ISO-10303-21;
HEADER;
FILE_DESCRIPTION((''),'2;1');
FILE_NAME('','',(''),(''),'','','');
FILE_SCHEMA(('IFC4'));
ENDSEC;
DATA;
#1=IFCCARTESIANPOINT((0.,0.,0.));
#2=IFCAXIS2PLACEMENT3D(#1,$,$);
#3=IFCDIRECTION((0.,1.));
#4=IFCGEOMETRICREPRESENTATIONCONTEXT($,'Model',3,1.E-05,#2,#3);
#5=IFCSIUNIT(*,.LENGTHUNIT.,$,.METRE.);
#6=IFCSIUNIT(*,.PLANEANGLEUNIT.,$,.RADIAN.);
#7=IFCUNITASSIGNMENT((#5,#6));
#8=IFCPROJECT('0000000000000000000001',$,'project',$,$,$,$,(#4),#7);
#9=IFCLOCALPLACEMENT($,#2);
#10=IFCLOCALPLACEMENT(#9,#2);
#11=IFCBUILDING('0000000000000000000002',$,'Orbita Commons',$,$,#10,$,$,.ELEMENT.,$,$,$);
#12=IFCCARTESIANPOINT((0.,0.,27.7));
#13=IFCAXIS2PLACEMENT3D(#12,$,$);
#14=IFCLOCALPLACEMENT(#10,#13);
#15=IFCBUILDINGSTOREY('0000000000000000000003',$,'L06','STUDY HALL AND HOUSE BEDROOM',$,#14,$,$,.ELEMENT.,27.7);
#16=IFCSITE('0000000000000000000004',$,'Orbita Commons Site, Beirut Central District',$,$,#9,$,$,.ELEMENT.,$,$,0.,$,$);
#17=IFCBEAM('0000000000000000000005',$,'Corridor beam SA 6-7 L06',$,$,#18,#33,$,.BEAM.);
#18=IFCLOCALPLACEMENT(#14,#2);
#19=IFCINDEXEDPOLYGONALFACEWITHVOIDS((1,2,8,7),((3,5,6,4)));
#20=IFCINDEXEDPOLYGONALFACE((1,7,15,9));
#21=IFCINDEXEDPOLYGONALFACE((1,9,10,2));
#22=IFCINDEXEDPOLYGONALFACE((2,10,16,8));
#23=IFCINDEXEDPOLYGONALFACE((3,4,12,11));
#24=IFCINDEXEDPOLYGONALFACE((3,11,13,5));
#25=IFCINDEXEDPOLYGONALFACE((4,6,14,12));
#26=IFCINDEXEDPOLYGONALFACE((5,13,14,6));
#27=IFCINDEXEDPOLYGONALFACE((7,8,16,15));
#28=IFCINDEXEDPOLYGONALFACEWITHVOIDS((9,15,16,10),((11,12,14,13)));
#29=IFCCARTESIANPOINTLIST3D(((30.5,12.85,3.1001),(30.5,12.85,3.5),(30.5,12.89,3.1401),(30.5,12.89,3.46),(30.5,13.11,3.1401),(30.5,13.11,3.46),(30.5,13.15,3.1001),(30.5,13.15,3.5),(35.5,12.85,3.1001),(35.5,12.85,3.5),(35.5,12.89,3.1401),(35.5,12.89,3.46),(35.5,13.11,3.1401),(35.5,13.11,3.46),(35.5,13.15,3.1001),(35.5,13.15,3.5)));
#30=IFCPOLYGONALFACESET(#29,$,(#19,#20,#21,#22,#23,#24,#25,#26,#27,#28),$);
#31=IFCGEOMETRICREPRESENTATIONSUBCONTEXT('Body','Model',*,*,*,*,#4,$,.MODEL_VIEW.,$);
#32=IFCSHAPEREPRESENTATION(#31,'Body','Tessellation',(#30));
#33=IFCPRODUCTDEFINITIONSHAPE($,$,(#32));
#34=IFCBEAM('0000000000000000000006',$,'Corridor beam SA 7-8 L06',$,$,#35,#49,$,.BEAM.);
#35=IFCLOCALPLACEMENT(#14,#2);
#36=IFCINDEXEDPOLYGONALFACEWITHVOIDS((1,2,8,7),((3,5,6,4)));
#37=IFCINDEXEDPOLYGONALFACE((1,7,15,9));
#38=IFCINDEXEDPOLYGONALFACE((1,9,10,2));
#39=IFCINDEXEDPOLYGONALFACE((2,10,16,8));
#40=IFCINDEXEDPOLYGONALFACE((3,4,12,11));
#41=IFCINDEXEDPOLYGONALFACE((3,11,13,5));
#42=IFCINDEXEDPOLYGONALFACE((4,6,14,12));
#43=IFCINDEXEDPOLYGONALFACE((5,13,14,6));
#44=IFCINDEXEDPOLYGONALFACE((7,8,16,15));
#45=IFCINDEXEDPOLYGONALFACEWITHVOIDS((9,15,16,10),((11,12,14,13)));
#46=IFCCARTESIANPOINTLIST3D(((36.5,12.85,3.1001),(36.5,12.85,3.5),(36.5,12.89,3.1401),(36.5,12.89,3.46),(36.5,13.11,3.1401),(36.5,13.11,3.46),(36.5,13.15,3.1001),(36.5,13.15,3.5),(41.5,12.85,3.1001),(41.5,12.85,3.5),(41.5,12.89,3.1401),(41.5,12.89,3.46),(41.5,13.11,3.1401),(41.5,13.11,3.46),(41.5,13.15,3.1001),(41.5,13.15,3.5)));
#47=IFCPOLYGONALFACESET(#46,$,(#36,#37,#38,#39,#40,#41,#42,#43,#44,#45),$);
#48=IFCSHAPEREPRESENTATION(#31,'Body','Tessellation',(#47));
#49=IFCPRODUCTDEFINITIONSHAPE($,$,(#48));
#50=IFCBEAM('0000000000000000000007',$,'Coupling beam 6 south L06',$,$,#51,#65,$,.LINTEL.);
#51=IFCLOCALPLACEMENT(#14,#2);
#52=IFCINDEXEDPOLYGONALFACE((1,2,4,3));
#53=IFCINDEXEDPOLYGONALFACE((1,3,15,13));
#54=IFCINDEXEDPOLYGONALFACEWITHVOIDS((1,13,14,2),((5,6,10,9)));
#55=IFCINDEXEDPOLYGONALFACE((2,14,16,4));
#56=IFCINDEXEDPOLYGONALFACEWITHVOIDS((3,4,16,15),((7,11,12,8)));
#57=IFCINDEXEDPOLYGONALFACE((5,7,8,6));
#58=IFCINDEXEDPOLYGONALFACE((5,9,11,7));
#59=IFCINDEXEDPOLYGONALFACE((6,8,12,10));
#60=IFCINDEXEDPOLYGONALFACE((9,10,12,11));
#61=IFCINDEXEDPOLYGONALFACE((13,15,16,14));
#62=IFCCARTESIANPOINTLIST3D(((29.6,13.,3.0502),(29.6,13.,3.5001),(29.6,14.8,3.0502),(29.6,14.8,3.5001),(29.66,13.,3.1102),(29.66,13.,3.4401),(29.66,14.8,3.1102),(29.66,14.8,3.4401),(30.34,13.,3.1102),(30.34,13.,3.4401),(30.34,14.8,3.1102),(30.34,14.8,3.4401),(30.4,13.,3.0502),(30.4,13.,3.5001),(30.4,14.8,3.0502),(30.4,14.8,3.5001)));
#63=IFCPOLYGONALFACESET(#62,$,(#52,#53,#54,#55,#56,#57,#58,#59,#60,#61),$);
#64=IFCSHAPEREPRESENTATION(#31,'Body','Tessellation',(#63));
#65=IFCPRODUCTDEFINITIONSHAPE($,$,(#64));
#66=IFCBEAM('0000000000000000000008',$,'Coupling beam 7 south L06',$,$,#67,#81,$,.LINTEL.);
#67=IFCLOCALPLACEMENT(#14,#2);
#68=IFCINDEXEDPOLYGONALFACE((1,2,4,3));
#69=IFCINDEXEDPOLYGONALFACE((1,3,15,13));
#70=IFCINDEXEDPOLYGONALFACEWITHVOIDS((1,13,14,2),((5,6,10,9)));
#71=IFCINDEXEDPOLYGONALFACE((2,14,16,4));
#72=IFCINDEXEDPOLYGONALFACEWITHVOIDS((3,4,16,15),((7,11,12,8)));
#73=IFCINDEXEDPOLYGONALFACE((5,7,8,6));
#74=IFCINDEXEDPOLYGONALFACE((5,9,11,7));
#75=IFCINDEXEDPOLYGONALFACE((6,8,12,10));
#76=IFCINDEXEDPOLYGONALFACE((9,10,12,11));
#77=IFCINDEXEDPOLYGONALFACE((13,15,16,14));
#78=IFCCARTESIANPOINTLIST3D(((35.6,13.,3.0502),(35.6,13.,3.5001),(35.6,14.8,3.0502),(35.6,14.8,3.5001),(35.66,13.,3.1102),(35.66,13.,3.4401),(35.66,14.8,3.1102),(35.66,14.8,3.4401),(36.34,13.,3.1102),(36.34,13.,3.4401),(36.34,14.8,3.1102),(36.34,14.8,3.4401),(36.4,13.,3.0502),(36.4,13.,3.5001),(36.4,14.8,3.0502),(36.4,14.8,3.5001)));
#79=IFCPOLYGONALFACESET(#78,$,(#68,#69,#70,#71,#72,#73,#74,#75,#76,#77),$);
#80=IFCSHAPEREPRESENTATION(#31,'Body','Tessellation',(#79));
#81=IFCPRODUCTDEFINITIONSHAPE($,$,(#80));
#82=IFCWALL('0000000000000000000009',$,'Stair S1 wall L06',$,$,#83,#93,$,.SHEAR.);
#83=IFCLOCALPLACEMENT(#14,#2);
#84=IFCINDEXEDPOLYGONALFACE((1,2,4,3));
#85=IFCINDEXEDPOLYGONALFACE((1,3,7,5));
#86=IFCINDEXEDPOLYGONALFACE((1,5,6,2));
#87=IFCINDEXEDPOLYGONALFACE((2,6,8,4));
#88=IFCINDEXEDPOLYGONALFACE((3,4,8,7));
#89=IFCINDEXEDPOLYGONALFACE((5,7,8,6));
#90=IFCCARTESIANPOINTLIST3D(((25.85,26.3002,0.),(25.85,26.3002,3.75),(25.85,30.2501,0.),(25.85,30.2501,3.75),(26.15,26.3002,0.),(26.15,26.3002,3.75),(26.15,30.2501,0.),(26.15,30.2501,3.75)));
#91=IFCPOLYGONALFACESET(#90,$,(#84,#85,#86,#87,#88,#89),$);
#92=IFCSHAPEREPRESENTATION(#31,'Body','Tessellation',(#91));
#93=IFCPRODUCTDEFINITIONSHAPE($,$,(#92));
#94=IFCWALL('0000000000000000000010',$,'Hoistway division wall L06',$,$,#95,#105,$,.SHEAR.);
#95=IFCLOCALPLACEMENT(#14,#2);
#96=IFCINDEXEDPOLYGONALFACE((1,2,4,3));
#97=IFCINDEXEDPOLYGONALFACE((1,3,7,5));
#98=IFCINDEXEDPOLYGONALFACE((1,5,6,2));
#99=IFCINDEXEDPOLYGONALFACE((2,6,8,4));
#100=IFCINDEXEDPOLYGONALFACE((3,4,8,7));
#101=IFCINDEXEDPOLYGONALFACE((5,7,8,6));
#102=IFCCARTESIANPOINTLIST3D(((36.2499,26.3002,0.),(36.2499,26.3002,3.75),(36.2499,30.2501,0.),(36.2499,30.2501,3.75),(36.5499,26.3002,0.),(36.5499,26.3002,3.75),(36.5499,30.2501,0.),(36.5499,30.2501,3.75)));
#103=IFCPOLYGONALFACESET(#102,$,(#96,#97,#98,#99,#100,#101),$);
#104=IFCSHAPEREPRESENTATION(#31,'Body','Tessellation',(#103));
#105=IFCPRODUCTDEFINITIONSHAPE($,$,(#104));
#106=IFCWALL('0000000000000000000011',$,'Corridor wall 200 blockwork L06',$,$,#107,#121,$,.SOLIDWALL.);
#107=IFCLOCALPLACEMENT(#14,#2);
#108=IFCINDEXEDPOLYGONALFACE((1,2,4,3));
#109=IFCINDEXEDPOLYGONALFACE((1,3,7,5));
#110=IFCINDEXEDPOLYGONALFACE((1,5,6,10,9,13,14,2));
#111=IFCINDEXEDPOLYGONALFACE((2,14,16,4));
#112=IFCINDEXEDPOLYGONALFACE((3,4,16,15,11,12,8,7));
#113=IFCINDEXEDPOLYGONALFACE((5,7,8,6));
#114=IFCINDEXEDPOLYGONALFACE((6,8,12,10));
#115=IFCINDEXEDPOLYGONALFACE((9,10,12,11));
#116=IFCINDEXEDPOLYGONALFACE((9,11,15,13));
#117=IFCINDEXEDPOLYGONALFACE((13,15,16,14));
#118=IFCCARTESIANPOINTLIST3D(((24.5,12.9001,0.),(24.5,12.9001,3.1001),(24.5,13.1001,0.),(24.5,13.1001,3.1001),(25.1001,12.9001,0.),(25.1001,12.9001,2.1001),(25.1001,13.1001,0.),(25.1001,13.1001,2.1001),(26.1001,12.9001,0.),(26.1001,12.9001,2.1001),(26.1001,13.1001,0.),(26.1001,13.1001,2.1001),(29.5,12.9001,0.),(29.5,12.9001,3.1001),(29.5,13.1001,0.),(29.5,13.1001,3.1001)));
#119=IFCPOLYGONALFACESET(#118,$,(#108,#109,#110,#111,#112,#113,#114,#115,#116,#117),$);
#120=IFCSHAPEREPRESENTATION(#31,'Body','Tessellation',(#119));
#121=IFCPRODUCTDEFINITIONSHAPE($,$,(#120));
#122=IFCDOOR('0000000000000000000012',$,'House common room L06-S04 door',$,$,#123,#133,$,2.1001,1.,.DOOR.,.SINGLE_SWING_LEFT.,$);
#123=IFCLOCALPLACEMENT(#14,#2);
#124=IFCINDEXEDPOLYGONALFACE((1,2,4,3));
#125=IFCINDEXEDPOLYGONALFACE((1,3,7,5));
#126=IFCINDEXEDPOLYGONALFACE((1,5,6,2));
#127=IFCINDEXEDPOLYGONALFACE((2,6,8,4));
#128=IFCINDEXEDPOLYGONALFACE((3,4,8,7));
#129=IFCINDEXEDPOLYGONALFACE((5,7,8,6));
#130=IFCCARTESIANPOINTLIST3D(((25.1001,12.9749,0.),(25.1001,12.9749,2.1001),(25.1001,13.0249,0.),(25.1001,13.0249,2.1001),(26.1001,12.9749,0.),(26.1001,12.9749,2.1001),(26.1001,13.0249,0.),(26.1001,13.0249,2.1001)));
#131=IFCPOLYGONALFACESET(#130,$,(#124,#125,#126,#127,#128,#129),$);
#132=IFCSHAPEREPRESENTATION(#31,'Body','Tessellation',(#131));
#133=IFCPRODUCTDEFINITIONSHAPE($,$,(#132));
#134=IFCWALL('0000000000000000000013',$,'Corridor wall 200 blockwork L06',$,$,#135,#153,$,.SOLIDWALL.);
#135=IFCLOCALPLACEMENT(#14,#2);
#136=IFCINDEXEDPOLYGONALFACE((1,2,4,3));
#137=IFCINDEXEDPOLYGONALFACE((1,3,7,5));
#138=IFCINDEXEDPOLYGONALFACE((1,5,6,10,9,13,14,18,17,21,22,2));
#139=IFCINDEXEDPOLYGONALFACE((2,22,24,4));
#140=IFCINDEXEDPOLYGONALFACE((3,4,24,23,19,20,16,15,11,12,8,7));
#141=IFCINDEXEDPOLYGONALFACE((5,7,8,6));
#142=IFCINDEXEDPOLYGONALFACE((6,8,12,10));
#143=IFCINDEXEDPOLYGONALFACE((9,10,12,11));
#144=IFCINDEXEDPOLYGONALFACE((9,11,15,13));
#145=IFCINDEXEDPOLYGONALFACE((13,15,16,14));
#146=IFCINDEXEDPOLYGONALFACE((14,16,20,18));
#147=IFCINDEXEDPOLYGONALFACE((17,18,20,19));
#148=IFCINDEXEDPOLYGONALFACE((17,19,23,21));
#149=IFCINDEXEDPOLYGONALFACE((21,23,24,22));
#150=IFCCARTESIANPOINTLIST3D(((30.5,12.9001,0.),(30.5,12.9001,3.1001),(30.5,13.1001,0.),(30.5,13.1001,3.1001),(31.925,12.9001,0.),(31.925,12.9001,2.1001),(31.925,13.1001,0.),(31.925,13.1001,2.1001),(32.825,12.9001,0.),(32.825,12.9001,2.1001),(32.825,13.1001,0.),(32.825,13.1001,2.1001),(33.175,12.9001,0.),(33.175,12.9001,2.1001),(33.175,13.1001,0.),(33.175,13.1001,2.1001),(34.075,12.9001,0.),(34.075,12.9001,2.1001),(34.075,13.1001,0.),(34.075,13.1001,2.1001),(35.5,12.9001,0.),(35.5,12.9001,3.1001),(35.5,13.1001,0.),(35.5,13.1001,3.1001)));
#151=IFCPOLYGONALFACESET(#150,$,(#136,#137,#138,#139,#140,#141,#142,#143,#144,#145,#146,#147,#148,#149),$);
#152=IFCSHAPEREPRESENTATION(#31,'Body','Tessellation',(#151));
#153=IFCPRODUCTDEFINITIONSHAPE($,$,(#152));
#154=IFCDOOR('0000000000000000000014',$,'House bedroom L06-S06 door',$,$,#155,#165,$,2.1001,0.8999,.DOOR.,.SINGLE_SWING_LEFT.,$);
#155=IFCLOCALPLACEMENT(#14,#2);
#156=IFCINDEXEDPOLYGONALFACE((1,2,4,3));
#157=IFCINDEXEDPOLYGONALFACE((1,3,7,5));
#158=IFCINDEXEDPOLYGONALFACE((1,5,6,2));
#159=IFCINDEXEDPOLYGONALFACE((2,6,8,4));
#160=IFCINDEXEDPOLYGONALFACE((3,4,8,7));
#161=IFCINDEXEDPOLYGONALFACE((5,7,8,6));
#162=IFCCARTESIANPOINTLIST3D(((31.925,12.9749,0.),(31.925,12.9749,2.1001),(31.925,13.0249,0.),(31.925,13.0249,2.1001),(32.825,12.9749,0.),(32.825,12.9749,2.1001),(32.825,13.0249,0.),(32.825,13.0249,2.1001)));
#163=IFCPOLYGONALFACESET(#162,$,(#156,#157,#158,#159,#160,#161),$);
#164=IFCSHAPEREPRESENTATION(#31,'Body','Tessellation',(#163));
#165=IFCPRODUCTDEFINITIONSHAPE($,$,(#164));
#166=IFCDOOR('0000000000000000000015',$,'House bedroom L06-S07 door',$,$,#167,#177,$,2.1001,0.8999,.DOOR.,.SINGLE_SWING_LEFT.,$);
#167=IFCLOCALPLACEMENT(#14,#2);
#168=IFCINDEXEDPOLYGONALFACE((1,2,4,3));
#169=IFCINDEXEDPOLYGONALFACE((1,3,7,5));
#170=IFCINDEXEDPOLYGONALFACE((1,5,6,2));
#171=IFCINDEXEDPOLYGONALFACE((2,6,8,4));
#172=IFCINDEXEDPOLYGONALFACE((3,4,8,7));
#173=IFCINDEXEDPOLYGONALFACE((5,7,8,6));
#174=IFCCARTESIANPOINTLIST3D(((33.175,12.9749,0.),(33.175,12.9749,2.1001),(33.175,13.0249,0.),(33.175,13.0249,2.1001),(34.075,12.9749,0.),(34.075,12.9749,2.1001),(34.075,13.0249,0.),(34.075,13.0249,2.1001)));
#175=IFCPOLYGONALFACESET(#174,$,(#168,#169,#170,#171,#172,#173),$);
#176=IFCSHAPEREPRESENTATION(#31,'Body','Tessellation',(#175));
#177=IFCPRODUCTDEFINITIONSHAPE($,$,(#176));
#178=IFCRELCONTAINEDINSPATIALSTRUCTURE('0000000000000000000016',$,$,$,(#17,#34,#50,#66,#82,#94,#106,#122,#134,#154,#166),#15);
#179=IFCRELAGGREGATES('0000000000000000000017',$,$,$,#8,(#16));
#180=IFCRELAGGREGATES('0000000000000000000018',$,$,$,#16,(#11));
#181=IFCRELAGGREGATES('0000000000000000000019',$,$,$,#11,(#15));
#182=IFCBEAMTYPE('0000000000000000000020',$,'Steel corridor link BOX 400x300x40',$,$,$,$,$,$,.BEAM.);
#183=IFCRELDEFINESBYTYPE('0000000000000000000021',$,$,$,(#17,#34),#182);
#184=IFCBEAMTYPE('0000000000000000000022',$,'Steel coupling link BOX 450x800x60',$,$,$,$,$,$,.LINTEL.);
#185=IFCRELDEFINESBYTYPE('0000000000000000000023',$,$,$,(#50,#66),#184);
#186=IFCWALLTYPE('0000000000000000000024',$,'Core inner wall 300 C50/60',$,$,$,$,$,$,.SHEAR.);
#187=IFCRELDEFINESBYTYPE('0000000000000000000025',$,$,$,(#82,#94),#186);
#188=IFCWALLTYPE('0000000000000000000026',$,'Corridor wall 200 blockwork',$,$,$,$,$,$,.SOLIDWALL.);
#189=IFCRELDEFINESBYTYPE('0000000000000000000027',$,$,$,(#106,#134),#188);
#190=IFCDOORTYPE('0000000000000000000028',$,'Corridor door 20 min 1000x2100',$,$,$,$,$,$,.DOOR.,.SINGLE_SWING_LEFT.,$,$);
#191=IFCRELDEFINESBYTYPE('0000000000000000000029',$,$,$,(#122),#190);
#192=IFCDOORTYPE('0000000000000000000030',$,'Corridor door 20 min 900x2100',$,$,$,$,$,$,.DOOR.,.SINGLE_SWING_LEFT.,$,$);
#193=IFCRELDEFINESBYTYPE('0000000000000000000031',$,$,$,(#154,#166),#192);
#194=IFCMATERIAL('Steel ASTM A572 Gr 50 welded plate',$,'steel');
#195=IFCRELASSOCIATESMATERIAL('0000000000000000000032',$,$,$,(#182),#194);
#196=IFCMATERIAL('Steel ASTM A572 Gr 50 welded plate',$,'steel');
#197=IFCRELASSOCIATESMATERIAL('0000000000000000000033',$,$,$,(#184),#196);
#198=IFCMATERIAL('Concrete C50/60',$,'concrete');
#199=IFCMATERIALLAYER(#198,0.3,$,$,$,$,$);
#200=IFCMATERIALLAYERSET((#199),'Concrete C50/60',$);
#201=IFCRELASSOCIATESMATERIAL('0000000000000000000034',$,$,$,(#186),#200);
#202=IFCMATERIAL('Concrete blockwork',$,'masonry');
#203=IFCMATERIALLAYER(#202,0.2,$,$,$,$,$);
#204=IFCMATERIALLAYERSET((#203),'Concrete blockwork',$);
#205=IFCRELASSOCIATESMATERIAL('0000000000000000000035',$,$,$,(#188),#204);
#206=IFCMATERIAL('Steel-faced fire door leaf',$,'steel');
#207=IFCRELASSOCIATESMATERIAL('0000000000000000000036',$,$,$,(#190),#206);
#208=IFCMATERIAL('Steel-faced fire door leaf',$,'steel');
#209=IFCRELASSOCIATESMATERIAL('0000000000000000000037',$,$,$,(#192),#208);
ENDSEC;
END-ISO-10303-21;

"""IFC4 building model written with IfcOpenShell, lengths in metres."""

from ifc_helpers import new_model, si_unit, direction, frame, frame_2d, origin, origin_2d, place, context, subcontext, project, spatial, polyline, rectangle, hollow_rectangle, outline, extrude, material, layer, layer_set, material_profile, profile_set, type_object, element, fill, save


model = new_model("IFC4")

# Units and contexts
model_context = context("Model", 3, precision=1e-05, world=origin(), true_north=direction((0.0, 1.0)))
body_context = subcontext(model_context, "Body", "Model", "MODEL_VIEW")
ifc_project = project(units=[si_unit("LENGTHUNIT", "METRE"), si_unit("PLANEANGLEUNIT", "RADIAN")], contexts=[model_context])

# Site, building, storey
site_placement = place(None, origin())
site = spatial("IfcSite", under=ifc_project, at=site_placement, Name="Orbita Commons Site, Beirut Central District", CompositionType="ELEMENT", RefElevation=0.0)
building_placement = place(site_placement, origin())
building = spatial("IfcBuilding", under=site, at=building_placement, Name="Orbita Commons", CompositionType="ELEMENT")
storey_placement = place(building_placement, frame((0.0, 0.0, 27.7)))
storey = spatial("IfcBuildingStorey", under=building, at=storey_placement, Name="L06", Description="STUDY HALL AND HOUSE BEDROOM", CompositionType="ELEMENT", Elevation=27.7)

# Beams
ifc_material_1 = material(Name="Steel ASTM A572 Gr 50 welded plate", Category="steel")
ifc_material_profile_1 = material_profile(ifc_material_1, hollow_rectangle(XDim=0.3, YDim=0.3999, WallThickness=0.04, at=origin_2d()), Name="BOX 400x300x40")
ifc_profile_set_1 = profile_set([ifc_material_profile_1], Name="Steel ASTM A572 Gr 50 welded plate")
beam_type_1 = type_object("IfcBeamType", Name="Steel corridor link BOX 400x300x40", PredefinedType="BEAM", material=ifc_profile_set_1)
for number, where, z_axis, x_axis, name in (
    (1, (30.5, 13.0, 3.3), (1.0, 0.0, 0.0), (0.0, 1.0, 0.0), "Corridor beam SA 6-7 L06"),
    (2, (36.5, 13.0, 3.3), (1.0, 0.0, 0.0), (0.0, 1.0, 0.0), "Corridor beam SA 7-8 L06"),
):
    element("IfcBeam", number, at=place(storey_placement, frame(where, z_axis=z_axis, x_axis=x_axis)), inside=storey, type_object=beam_type_1, Name=name, PredefinedType="BEAM", context=body_context, shape_type="SweptSolid", body=[
        extrude(hollow_rectangle(XDim=0.3, YDim=0.3999, WallThickness=0.04, at=origin_2d()), origin(), (0.0, 0.0, 1.0), 5.0),
    ])
ifc_material_2 = material(Name="Steel ASTM A572 Gr 50 welded plate", Category="steel")
ifc_material_profile_2 = material_profile(ifc_material_2, hollow_rectangle(XDim=0.8, YDim=0.45, WallThickness=0.0601, at=origin_2d()), Name="BOX 450x800x60")
ifc_profile_set_2 = profile_set([ifc_material_profile_2], Name="Steel ASTM A572 Gr 50 welded plate")
beam_type_2 = type_object("IfcBeamType", Name="Steel coupling link BOX 450x800x60", PredefinedType="LINTEL", material=ifc_profile_set_2)
for number, where, z_axis, x_axis, name in (
    (3, (30.0, 13.0, 3.2751), (0.0, 1.0, 0.0), (-1.0, 0.0, 0.0), "Coupling beam 6 south L06"),
    (4, (36.0, 13.0, 3.2751), (0.0, 1.0, 0.0), (-1.0, 0.0, 0.0), "Coupling beam 7 south L06"),
):
    element("IfcBeam", number, at=place(storey_placement, frame(where, z_axis=z_axis, x_axis=x_axis)), inside=storey, type_object=beam_type_2, Name=name, PredefinedType="LINTEL", context=body_context, shape_type="SweptSolid", body=[
        extrude(hollow_rectangle(XDim=0.8, YDim=0.45, WallThickness=0.0601, at=origin_2d()), origin(), (0.0, 0.0, 1.0), 1.8),
    ])

# Walls
ifc_material_3 = material(Name="Concrete C50/60", Category="concrete")
ifc_layer_1 = layer(ifc_material_3, 0.3)
ifc_layer_set_1 = layer_set([ifc_layer_1], Name="Concrete C50/60")
wall_type_1 = type_object("IfcWallType", Name="Core inner wall 300 C50/60", PredefinedType="SHEAR", material=ifc_layer_set_1)
for number, where, z_axis, x_axis, name in (
    (5, (26.0, 26.3, 0.0), (0.0, 0.0, 1.0), (0.0, 1.0, 0.0), "Stair S1 wall L06"),
    (6, (36.3999, 26.3, 0.0), (0.0, 0.0, 1.0), (0.0, 1.0, 0.0), "Hoistway division wall L06"),
):
    element("IfcWall", number, at=place(storey_placement, frame(where, z_axis=z_axis, x_axis=x_axis)), inside=storey, type_object=wall_type_1, Name=name, PredefinedType="SHEAR", context=body_context, shape_type="SweptSolid", body=[
        extrude(rectangle(XDim=3.95, YDim=0.3, at=frame_2d((1.9751, 0.0))), origin(), (0.0, 0.0, 1.0), 3.75),
    ])

# Wall, opening, door
ifc_material_4 = material(Name="Concrete blockwork", Category="masonry")
ifc_layer_2 = layer(ifc_material_4, 0.2)
ifc_layer_set_2 = layer_set([ifc_layer_2], Name="Concrete blockwork")
wall_type_2 = type_object("IfcWallType", Name="Corridor wall 200 blockwork", PredefinedType="SOLIDWALL", material=ifc_layer_set_2)
wall_1_placement = place(storey_placement, frame((24.5, 13.0, 0.0), z_axis=(0.0, 0.0, 1.0), x_axis=(1.0, 0.0, 0.0)))
wall_1 = element("IfcWall", 7, at=wall_1_placement, inside=storey, type_object=wall_type_2, Name="Corridor wall 200 blockwork L06", PredefinedType="SOLIDWALL", context=body_context, shape_type="SweptSolid", body=[
    extrude(outline(polyline([(0.0, 0.0), (5.0, 0.0), (5.0, 3.1001), (0.0, 3.1001), (0.0, 0.0)])), frame((0.0, 0.1001, 0.0), z_axis=(0.0, -1.0, 0.0), x_axis=(1.0, 0.0, 0.0)), (0.0, 0.0, 1.0), 0.2),
])
opening_1_placement = place(wall_1_placement, frame((0.6001, 0.0, 0.0)))
opening_1 = element("IfcOpeningElement", 8, at=opening_1_placement, cuts=wall_1, PredefinedType="OPENING", context=body_context, shape_type="SweptSolid", body=[
    extrude(rectangle(XDim=1.0, YDim=2.1001, at=frame_2d((0.5, 1.05))), frame((0.0, 0.1099, 0.0), z_axis=(0.0, -1.0, 0.0), x_axis=(1.0, 0.0, 0.0)), (0.0, 0.0, 1.0), 0.22),
])
ifc_material_5 = material(Name="Steel-faced fire door leaf", Category="steel")
door_type_1 = type_object("IfcDoorType", Name="Corridor door 20 min 1000x2100", OperationType="SINGLE_SWING_LEFT", PredefinedType="DOOR", material=ifc_material_5)
door_1_placement = place(opening_1_placement, origin())
door_1 = element("IfcDoor", 9, at=door_1_placement, inside=storey, type_object=door_type_1, Name="House common room L06-S04 door", OperationType="SINGLE_SWING_LEFT", OverallHeight=2.1001, OverallWidth=1.0, PredefinedType="DOOR", context=body_context, shape_type="SweptSolid", body=[
    extrude(rectangle(XDim=1.0, YDim=2.1001, at=frame_2d((0.5, 1.05))), frame((0.0, 0.0249, 0.0), z_axis=(0.0, -1.0, 0.0), x_axis=(1.0, 0.0, 0.0)), (0.0, 0.0, 1.0), 0.05),
])
fill(opening_1, door_1)

# Wall, openings, doors
wall_2_placement = place(storey_placement, frame((30.5, 13.0, 0.0), z_axis=(0.0, 0.0, 1.0), x_axis=(1.0, 0.0, 0.0)))
wall_2 = element("IfcWall", 10, at=wall_2_placement, inside=storey, type_object=wall_type_2, Name="Corridor wall 200 blockwork L06", PredefinedType="SOLIDWALL", context=body_context, shape_type="SweptSolid", body=[
    extrude(outline(polyline([(0.0, 0.0), (5.0, 0.0), (5.0, 3.1001), (0.0, 3.1001), (0.0, 0.0)])), frame((0.0, 0.1001, 0.0), z_axis=(0.0, -1.0, 0.0), x_axis=(1.0, 0.0, 0.0)), (0.0, 0.0, 1.0), 0.2),
])
opening_2_placement = place(wall_2_placement, frame((1.425, 0.0, 0.0)))
opening_2 = element("IfcOpeningElement", 11, at=opening_2_placement, cuts=wall_2, PredefinedType="OPENING", context=body_context, shape_type="SweptSolid", body=[
    extrude(rectangle(XDim=0.8999, YDim=2.1001, at=frame_2d((0.45, 1.05))), frame((0.0, 0.1099, 0.0), z_axis=(0.0, -1.0, 0.0), x_axis=(1.0, 0.0, 0.0)), (0.0, 0.0, 1.0), 0.22),
])
opening_3_placement = place(wall_2_placement, frame((2.675, 0.0, 0.0)))
opening_3 = element("IfcOpeningElement", 12, at=opening_3_placement, cuts=wall_2, PredefinedType="OPENING", context=body_context, shape_type="SweptSolid", body=[
    extrude(rectangle(XDim=0.8999, YDim=2.1001, at=frame_2d((0.45, 1.05))), frame((0.0, 0.1099, 0.0), z_axis=(0.0, -1.0, 0.0), x_axis=(1.0, 0.0, 0.0)), (0.0, 0.0, 1.0), 0.22),
])
ifc_material_6 = material(Name="Steel-faced fire door leaf", Category="steel")
door_type_2 = type_object("IfcDoorType", Name="Corridor door 20 min 900x2100", OperationType="SINGLE_SWING_LEFT", PredefinedType="DOOR", material=ifc_material_6)
door_2_placement = place(opening_2_placement, origin())
door_2 = element("IfcDoor", 13, at=door_2_placement, inside=storey, type_object=door_type_2, Name="House bedroom L06-S06 door", OperationType="SINGLE_SWING_LEFT", OverallHeight=2.1001, OverallWidth=0.8999, PredefinedType="DOOR", context=body_context, shape_type="SweptSolid", body=[
    extrude(rectangle(XDim=0.8999, YDim=2.1001, at=frame_2d((0.45, 1.05))), frame((0.0, 0.0249, 0.0), z_axis=(0.0, -1.0, 0.0), x_axis=(1.0, 0.0, 0.0)), (0.0, 0.0, 1.0), 0.05),
])
fill(opening_2, door_2)
door_3_placement = place(opening_3_placement, origin())
door_3 = element("IfcDoor", 14, at=door_3_placement, inside=storey, type_object=door_type_2, Name="House bedroom L06-S07 door", OperationType="SINGLE_SWING_LEFT", OverallHeight=2.1001, OverallWidth=0.8999, PredefinedType="DOOR", context=body_context, shape_type="SweptSolid", body=[
    extrude(rectangle(XDim=0.8999, YDim=2.1001, at=frame_2d((0.45, 1.05))), frame((0.0, 0.0249, 0.0), z_axis=(0.0, -1.0, 0.0), x_axis=(1.0, 0.0, 0.0)), (0.0, 0.0, 1.0), 0.05),
])
fill(opening_3, door_3)

save(model, "model.ifc")
